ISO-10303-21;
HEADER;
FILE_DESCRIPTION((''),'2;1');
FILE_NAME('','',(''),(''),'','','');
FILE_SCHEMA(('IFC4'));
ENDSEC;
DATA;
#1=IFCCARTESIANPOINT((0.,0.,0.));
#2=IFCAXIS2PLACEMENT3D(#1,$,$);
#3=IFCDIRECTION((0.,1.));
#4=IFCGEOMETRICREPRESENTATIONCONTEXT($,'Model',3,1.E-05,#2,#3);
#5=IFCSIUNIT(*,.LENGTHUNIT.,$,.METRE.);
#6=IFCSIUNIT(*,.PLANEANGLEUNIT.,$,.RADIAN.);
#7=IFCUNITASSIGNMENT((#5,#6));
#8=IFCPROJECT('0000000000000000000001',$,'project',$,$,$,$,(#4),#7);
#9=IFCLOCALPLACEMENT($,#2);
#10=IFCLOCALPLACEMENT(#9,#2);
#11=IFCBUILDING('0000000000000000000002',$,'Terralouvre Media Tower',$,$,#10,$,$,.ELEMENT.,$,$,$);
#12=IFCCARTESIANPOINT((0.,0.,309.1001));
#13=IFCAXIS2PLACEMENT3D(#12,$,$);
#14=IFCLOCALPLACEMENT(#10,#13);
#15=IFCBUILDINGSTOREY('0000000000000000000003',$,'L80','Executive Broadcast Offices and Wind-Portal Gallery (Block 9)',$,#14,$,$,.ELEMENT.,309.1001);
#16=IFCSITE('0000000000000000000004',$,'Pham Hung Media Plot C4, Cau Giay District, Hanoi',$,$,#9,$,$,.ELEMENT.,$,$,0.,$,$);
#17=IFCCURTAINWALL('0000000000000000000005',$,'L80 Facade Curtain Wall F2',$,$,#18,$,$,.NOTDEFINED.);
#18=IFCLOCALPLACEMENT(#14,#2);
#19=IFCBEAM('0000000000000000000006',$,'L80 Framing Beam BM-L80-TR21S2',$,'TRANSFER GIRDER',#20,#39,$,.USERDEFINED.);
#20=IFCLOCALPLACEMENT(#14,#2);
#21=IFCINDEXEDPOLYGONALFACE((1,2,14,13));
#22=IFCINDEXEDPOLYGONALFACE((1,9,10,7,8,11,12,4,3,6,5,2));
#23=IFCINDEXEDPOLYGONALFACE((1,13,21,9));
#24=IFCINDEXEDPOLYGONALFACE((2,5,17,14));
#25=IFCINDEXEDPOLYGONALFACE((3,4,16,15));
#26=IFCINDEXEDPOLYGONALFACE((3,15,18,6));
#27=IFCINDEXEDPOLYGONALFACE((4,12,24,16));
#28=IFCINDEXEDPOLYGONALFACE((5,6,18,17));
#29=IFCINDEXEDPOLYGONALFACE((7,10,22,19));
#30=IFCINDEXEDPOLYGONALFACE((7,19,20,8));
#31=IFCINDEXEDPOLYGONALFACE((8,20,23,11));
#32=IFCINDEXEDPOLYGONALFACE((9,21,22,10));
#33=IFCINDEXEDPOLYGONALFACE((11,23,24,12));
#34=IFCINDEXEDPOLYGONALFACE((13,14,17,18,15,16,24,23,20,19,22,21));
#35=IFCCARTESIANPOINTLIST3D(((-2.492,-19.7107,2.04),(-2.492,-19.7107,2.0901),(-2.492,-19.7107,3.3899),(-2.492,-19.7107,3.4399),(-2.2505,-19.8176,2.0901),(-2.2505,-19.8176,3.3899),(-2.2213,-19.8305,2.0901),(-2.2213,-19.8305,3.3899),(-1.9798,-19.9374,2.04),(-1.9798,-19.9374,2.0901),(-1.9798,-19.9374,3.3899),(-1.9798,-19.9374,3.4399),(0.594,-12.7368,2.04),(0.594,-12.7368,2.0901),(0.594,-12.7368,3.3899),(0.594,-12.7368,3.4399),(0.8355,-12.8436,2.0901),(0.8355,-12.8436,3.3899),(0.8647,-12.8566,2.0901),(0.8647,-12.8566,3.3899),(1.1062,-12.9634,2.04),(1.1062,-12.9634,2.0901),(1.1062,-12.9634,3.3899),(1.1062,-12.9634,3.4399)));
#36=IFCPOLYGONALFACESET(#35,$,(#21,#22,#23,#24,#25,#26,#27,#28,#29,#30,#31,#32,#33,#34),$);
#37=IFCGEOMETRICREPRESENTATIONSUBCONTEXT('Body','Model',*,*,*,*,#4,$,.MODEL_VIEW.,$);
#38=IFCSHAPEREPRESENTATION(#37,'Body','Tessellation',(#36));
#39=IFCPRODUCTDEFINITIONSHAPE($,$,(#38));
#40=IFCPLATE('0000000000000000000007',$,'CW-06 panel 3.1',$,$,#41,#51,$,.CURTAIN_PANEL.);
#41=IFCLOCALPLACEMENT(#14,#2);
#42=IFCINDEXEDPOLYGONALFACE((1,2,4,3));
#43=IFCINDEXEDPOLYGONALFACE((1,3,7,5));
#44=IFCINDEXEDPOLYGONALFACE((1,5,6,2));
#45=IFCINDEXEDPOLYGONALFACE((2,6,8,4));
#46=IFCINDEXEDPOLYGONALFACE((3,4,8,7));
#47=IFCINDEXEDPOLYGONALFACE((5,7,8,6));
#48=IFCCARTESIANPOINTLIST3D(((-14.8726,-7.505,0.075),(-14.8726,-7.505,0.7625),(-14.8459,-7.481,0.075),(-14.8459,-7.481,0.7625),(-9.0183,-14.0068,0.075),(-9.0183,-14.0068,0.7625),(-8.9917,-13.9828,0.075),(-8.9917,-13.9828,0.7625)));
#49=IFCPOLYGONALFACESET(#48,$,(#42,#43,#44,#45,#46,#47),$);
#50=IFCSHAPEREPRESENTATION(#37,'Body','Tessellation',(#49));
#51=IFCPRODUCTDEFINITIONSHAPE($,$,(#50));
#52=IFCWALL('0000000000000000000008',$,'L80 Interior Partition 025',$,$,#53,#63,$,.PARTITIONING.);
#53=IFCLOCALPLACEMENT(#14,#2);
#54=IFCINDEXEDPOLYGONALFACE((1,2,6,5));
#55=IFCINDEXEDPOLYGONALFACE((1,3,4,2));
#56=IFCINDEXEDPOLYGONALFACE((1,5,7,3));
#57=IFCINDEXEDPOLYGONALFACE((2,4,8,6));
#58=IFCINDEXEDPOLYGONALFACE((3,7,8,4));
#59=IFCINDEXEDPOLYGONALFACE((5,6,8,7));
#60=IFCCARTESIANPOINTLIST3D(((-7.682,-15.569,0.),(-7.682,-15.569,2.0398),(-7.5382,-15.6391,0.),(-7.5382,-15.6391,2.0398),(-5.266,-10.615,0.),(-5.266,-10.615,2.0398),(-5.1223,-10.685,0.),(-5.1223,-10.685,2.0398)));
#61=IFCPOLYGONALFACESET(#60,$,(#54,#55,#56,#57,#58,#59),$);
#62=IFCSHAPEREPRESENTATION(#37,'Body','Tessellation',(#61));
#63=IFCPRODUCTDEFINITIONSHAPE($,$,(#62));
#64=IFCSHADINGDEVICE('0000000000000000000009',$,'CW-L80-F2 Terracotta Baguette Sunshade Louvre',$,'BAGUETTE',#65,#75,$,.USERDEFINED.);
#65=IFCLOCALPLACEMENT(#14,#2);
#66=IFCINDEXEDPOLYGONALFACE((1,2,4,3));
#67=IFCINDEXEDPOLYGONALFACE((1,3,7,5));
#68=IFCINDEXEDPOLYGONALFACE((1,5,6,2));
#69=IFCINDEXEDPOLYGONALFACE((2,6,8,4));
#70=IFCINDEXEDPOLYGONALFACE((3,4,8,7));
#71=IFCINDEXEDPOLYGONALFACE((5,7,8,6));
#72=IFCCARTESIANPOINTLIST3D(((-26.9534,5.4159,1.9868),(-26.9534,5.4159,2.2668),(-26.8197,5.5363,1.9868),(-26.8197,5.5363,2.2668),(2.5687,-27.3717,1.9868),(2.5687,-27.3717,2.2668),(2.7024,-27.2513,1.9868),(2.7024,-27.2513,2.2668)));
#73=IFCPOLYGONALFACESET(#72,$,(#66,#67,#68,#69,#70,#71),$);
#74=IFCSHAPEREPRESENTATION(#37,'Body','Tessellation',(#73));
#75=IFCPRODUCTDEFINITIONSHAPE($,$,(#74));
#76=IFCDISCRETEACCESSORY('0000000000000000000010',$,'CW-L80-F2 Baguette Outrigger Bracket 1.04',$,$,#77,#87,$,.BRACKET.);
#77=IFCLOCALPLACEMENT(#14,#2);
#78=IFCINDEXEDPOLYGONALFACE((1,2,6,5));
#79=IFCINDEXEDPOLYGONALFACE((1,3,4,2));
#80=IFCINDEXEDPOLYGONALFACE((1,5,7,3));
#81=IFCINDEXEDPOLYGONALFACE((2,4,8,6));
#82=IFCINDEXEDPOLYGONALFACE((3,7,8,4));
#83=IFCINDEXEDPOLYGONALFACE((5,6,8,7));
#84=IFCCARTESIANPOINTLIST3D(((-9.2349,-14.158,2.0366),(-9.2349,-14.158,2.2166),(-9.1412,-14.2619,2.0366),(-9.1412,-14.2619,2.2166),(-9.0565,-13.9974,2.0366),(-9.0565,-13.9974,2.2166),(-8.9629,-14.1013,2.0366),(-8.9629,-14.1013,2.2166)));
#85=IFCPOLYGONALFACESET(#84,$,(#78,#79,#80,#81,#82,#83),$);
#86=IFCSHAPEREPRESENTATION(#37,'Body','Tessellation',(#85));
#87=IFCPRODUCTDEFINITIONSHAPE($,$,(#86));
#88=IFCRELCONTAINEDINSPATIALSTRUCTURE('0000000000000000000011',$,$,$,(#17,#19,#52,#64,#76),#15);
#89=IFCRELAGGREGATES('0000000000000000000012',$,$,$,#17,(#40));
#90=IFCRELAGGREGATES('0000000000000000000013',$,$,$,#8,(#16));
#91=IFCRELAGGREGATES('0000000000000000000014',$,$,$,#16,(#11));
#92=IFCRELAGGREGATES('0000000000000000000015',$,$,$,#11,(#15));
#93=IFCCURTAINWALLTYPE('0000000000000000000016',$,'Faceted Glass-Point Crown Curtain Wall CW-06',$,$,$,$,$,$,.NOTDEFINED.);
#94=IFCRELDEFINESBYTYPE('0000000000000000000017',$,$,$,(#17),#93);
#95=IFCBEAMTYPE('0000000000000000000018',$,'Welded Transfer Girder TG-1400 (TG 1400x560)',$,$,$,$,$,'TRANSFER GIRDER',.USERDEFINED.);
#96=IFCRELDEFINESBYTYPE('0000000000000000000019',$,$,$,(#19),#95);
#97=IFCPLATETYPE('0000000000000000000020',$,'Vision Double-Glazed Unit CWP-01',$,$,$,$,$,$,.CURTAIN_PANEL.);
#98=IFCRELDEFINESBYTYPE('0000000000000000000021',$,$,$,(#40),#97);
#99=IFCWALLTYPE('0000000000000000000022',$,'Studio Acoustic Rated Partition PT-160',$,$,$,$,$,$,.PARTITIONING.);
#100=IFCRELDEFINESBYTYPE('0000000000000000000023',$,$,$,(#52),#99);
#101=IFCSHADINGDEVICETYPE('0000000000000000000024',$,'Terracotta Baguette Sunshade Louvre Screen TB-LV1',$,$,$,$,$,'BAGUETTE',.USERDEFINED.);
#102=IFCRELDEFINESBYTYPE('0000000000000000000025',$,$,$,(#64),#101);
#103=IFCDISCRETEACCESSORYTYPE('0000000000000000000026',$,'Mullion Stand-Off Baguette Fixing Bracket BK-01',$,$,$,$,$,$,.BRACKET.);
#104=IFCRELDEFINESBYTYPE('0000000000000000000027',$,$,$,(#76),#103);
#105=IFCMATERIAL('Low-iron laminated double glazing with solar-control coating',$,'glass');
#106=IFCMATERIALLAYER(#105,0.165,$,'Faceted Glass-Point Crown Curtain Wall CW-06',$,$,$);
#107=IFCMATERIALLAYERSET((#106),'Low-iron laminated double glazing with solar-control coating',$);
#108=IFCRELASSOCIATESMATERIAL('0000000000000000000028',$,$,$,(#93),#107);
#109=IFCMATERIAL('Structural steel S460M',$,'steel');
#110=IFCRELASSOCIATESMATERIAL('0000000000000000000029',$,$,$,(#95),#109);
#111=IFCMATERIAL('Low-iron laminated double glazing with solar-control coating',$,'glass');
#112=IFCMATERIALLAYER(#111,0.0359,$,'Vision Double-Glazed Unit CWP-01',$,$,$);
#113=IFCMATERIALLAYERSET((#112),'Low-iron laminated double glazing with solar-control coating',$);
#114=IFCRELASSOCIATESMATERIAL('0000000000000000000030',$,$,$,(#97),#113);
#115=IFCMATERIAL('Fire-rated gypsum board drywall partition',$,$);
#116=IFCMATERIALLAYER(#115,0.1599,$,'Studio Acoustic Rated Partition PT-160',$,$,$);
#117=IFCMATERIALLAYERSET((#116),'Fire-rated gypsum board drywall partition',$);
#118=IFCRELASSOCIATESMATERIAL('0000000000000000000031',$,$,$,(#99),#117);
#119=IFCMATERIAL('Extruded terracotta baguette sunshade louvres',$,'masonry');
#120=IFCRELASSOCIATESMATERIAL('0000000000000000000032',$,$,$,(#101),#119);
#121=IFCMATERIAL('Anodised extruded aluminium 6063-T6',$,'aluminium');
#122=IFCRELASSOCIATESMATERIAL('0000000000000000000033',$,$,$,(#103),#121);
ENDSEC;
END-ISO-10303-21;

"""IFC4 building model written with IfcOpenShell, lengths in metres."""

from ifc_helpers import new_model, si_unit, direction, frame, frame_2d, origin, origin_2d, place, context, subcontext, project, spatial, rectangle, i_section, extrude, material, layer, layer_set, material_profile, profile_set, type_object, element, aggregate, save


model = new_model("IFC4")

# Units and contexts
model_context = context("Model", 3, precision=1e-05, world=origin(), true_north=direction((0.0, 1.0)))
body_context = subcontext(model_context, "Body", "Model", "MODEL_VIEW")
ifc_project = project(units=[si_unit("LENGTHUNIT", "METRE"), si_unit("PLANEANGLEUNIT", "RADIAN")], contexts=[model_context])

# Site, building, storey
site_placement = place(None, origin())
site = spatial("IfcSite", under=ifc_project, at=site_placement, Name="Pham Hung Media Plot C4, Cau Giay District, Hanoi", CompositionType="ELEMENT", RefElevation=0.0)
building_placement = place(site_placement, origin())
building = spatial("IfcBuilding", under=site, at=building_placement, Name="Terralouvre Media Tower", CompositionType="ELEMENT")
storey_placement = place(building_placement, frame((0.0, 0.0, 309.1001)))
storey = spatial("IfcBuildingStorey", under=building, at=storey_placement, Name="L80", Description="Executive Broadcast Offices and Wind-Portal Gallery (Block 9)", CompositionType="ELEMENT", Elevation=309.1001)

# Curtain wall
ifc_material_1 = material(Name="Low-iron laminated double glazing with solar-control coating", Category="glass")
ifc_layer_1 = layer(ifc_material_1, 0.165, Name="Faceted Glass-Point Crown Curtain Wall CW-06")
ifc_layer_set_1 = layer_set([ifc_layer_1], Name="Low-iron laminated double glazing with solar-control coating")
curtain_wall_type = type_object("IfcCurtainWallType", Name="Faceted Glass-Point Crown Curtain Wall CW-06", PredefinedType="NOTDEFINED", material=ifc_layer_set_1)
curtain_wall_placement = place(storey_placement, origin())
curtain_wall = element("IfcCurtainWall", 1, at=curtain_wall_placement, inside=storey, type_object=curtain_wall_type, Name="L80 Facade Curtain Wall F2", PredefinedType="NOTDEFINED")

# Beam
ifc_material_2 = material(Name="Structural steel S460M", Category="steel")
ifc_material_profile_1 = material_profile(ifc_material_2, i_section(OverallWidth=0.5601, OverallDepth=1.3999, WebThickness=0.032, FlangeThickness=0.05, at=origin_2d()), Name="TG 1400x560")
ifc_profile_set_1 = profile_set([ifc_material_profile_1], Name="Structural steel S460M")
beam_type_1 = type_object("IfcBeamType", Name="Welded Transfer Girder TG-1400 (TG 1400x560)", ElementType="TRANSFER GIRDER", PredefinedType="USERDEFINED", material=ifc_profile_set_1)
beam_1_placement = place(storey_placement, frame((0.8501, -12.8501, 2.74), z_axis=(-0.404653, -0.91447, 0.0), x_axis=(0.91447, -0.404653, 0.0)))
element("IfcBeam", 2, at=beam_1_placement, inside=storey, type_object=beam_type_1, Name="L80 Framing Beam BM-L80-TR21S2", ObjectType="TRANSFER GIRDER", PredefinedType="USERDEFINED", context=body_context, shape_type="SweptSolid", body=[
    extrude(i_section(OverallWidth=0.5601, OverallDepth=1.3999, WebThickness=0.032, FlangeThickness=0.05, at=origin_2d()), origin(), (0.0, 0.0, 1.0), 7.6262),
])

# Plate
ifc_material_3 = material(Name="Low-iron laminated double glazing with solar-control coating", Category="glass")
ifc_layer_2 = layer(ifc_material_3, 0.0359, Name="Vision Double-Glazed Unit CWP-01")
ifc_layer_set_2 = layer_set([ifc_layer_2], Name="Low-iron laminated double glazing with solar-control coating")
plate_type = type_object("IfcPlateType", Name="Vision Double-Glazed Unit CWP-01", PredefinedType="CURTAIN_PANEL", material=ifc_layer_set_2)
plate_placement = place(storey_placement, frame((-11.9321, -10.7439, 0.075), z_axis=(0.0, 0.0, 1.0), x_axis=(0.669131, -0.743145, 0.0)))
plate = element("IfcPlate", 3, at=plate_placement, type_object=plate_type, Name="CW-06 panel 3.1", PredefinedType="CURTAIN_PANEL", context=body_context, shape_type="SweptSolid", body=[
    extrude(rectangle(XDim=8.749, YDim=0.0359, at=origin_2d()), origin(), (0.0, 0.0, 1.0), 0.6875),
])
aggregate(curtain_wall, [plate])

# Wall
ifc_material_4 = material(Name="Fire-rated gypsum board drywall partition")
ifc_layer_3 = layer(ifc_material_4, 0.1599, Name="Studio Acoustic Rated Partition PT-160")
ifc_layer_set_3 = layer_set([ifc_layer_3], Name="Fire-rated gypsum board drywall partition")
wall_type = type_object("IfcWallType", Name="Studio Acoustic Rated Partition PT-160", PredefinedType="PARTITIONING", material=ifc_layer_set_3)
wall_placement = place(storey_placement, frame((-7.6101, -15.604, 0.0), z_axis=(0.0, 0.0, 1.0), x_axis=(0.438333, 0.898813, 0.0)))
element("IfcWall", 4, at=wall_placement, inside=storey, type_object=wall_type, Name="L80 Interior Partition 025", PredefinedType="PARTITIONING", context=body_context, shape_type="SweptSolid", body=[
    extrude(rectangle(XDim=5.5117, YDim=0.1599, at=frame_2d((2.7559, 0.0))), origin(), (0.0, 0.0, 1.0), 2.0398),
])

# Shading device
ifc_material_5 = material(Name="Extruded terracotta baguette sunshade louvres", Category="masonry")
shading_device_type = type_object("IfcShadingDeviceType", Name="Terracotta Baguette Sunshade Louvre Screen TB-LV1", ElementType="BAGUETTE", PredefinedType="USERDEFINED", material=ifc_material_5)
shading_device_placement = place(storey_placement, frame((-12.1255, -10.9177, 1.9868), z_axis=(0.0, 0.0, 1.0), x_axis=(0.669131, -0.743145, 0.0)))
element("IfcShadingDevice", 5, at=shading_device_placement, inside=storey, type_object=shading_device_type, Name="CW-L80-F2 Terracotta Baguette Sunshade Louvre", ObjectType="BAGUETTE", PredefinedType="USERDEFINED", context=body_context, shape_type="SweptSolid", body=[
    extrude(rectangle(XDim=44.1201, YDim=0.1799, at=origin_2d()), origin(), (0.0, 0.0, 1.0), 0.28),
])

# Discrete accessory
ifc_material_6 = material(Name="Anodised extruded aluminium 6063-T6", Category="aluminium")
discrete_accessory_type = type_object("IfcDiscreteAccessoryType", Name="Mullion Stand-Off Baguette Fixing Bracket BK-01", PredefinedType="BRACKET", material=ifc_material_6)
discrete_accessory_placement = place(storey_placement, frame((-9.0989, -14.1296, 2.0366), z_axis=(0.0, 0.0, 1.0), x_axis=(0.669131, -0.743145, 0.0)))
element("IfcDiscreteAccessory", 6, at=discrete_accessory_placement, inside=storey, type_object=discrete_accessory_type, Name="CW-L80-F2 Baguette Outrigger Bracket 1.04", PredefinedType="BRACKET", context=body_context, shape_type="SweptSolid", body=[
    extrude(rectangle(XDim=0.1399, YDim=0.24, at=origin_2d()), origin(), (0.0, 0.0, 1.0), 0.1799),
])

save(model, "model.ifc")
